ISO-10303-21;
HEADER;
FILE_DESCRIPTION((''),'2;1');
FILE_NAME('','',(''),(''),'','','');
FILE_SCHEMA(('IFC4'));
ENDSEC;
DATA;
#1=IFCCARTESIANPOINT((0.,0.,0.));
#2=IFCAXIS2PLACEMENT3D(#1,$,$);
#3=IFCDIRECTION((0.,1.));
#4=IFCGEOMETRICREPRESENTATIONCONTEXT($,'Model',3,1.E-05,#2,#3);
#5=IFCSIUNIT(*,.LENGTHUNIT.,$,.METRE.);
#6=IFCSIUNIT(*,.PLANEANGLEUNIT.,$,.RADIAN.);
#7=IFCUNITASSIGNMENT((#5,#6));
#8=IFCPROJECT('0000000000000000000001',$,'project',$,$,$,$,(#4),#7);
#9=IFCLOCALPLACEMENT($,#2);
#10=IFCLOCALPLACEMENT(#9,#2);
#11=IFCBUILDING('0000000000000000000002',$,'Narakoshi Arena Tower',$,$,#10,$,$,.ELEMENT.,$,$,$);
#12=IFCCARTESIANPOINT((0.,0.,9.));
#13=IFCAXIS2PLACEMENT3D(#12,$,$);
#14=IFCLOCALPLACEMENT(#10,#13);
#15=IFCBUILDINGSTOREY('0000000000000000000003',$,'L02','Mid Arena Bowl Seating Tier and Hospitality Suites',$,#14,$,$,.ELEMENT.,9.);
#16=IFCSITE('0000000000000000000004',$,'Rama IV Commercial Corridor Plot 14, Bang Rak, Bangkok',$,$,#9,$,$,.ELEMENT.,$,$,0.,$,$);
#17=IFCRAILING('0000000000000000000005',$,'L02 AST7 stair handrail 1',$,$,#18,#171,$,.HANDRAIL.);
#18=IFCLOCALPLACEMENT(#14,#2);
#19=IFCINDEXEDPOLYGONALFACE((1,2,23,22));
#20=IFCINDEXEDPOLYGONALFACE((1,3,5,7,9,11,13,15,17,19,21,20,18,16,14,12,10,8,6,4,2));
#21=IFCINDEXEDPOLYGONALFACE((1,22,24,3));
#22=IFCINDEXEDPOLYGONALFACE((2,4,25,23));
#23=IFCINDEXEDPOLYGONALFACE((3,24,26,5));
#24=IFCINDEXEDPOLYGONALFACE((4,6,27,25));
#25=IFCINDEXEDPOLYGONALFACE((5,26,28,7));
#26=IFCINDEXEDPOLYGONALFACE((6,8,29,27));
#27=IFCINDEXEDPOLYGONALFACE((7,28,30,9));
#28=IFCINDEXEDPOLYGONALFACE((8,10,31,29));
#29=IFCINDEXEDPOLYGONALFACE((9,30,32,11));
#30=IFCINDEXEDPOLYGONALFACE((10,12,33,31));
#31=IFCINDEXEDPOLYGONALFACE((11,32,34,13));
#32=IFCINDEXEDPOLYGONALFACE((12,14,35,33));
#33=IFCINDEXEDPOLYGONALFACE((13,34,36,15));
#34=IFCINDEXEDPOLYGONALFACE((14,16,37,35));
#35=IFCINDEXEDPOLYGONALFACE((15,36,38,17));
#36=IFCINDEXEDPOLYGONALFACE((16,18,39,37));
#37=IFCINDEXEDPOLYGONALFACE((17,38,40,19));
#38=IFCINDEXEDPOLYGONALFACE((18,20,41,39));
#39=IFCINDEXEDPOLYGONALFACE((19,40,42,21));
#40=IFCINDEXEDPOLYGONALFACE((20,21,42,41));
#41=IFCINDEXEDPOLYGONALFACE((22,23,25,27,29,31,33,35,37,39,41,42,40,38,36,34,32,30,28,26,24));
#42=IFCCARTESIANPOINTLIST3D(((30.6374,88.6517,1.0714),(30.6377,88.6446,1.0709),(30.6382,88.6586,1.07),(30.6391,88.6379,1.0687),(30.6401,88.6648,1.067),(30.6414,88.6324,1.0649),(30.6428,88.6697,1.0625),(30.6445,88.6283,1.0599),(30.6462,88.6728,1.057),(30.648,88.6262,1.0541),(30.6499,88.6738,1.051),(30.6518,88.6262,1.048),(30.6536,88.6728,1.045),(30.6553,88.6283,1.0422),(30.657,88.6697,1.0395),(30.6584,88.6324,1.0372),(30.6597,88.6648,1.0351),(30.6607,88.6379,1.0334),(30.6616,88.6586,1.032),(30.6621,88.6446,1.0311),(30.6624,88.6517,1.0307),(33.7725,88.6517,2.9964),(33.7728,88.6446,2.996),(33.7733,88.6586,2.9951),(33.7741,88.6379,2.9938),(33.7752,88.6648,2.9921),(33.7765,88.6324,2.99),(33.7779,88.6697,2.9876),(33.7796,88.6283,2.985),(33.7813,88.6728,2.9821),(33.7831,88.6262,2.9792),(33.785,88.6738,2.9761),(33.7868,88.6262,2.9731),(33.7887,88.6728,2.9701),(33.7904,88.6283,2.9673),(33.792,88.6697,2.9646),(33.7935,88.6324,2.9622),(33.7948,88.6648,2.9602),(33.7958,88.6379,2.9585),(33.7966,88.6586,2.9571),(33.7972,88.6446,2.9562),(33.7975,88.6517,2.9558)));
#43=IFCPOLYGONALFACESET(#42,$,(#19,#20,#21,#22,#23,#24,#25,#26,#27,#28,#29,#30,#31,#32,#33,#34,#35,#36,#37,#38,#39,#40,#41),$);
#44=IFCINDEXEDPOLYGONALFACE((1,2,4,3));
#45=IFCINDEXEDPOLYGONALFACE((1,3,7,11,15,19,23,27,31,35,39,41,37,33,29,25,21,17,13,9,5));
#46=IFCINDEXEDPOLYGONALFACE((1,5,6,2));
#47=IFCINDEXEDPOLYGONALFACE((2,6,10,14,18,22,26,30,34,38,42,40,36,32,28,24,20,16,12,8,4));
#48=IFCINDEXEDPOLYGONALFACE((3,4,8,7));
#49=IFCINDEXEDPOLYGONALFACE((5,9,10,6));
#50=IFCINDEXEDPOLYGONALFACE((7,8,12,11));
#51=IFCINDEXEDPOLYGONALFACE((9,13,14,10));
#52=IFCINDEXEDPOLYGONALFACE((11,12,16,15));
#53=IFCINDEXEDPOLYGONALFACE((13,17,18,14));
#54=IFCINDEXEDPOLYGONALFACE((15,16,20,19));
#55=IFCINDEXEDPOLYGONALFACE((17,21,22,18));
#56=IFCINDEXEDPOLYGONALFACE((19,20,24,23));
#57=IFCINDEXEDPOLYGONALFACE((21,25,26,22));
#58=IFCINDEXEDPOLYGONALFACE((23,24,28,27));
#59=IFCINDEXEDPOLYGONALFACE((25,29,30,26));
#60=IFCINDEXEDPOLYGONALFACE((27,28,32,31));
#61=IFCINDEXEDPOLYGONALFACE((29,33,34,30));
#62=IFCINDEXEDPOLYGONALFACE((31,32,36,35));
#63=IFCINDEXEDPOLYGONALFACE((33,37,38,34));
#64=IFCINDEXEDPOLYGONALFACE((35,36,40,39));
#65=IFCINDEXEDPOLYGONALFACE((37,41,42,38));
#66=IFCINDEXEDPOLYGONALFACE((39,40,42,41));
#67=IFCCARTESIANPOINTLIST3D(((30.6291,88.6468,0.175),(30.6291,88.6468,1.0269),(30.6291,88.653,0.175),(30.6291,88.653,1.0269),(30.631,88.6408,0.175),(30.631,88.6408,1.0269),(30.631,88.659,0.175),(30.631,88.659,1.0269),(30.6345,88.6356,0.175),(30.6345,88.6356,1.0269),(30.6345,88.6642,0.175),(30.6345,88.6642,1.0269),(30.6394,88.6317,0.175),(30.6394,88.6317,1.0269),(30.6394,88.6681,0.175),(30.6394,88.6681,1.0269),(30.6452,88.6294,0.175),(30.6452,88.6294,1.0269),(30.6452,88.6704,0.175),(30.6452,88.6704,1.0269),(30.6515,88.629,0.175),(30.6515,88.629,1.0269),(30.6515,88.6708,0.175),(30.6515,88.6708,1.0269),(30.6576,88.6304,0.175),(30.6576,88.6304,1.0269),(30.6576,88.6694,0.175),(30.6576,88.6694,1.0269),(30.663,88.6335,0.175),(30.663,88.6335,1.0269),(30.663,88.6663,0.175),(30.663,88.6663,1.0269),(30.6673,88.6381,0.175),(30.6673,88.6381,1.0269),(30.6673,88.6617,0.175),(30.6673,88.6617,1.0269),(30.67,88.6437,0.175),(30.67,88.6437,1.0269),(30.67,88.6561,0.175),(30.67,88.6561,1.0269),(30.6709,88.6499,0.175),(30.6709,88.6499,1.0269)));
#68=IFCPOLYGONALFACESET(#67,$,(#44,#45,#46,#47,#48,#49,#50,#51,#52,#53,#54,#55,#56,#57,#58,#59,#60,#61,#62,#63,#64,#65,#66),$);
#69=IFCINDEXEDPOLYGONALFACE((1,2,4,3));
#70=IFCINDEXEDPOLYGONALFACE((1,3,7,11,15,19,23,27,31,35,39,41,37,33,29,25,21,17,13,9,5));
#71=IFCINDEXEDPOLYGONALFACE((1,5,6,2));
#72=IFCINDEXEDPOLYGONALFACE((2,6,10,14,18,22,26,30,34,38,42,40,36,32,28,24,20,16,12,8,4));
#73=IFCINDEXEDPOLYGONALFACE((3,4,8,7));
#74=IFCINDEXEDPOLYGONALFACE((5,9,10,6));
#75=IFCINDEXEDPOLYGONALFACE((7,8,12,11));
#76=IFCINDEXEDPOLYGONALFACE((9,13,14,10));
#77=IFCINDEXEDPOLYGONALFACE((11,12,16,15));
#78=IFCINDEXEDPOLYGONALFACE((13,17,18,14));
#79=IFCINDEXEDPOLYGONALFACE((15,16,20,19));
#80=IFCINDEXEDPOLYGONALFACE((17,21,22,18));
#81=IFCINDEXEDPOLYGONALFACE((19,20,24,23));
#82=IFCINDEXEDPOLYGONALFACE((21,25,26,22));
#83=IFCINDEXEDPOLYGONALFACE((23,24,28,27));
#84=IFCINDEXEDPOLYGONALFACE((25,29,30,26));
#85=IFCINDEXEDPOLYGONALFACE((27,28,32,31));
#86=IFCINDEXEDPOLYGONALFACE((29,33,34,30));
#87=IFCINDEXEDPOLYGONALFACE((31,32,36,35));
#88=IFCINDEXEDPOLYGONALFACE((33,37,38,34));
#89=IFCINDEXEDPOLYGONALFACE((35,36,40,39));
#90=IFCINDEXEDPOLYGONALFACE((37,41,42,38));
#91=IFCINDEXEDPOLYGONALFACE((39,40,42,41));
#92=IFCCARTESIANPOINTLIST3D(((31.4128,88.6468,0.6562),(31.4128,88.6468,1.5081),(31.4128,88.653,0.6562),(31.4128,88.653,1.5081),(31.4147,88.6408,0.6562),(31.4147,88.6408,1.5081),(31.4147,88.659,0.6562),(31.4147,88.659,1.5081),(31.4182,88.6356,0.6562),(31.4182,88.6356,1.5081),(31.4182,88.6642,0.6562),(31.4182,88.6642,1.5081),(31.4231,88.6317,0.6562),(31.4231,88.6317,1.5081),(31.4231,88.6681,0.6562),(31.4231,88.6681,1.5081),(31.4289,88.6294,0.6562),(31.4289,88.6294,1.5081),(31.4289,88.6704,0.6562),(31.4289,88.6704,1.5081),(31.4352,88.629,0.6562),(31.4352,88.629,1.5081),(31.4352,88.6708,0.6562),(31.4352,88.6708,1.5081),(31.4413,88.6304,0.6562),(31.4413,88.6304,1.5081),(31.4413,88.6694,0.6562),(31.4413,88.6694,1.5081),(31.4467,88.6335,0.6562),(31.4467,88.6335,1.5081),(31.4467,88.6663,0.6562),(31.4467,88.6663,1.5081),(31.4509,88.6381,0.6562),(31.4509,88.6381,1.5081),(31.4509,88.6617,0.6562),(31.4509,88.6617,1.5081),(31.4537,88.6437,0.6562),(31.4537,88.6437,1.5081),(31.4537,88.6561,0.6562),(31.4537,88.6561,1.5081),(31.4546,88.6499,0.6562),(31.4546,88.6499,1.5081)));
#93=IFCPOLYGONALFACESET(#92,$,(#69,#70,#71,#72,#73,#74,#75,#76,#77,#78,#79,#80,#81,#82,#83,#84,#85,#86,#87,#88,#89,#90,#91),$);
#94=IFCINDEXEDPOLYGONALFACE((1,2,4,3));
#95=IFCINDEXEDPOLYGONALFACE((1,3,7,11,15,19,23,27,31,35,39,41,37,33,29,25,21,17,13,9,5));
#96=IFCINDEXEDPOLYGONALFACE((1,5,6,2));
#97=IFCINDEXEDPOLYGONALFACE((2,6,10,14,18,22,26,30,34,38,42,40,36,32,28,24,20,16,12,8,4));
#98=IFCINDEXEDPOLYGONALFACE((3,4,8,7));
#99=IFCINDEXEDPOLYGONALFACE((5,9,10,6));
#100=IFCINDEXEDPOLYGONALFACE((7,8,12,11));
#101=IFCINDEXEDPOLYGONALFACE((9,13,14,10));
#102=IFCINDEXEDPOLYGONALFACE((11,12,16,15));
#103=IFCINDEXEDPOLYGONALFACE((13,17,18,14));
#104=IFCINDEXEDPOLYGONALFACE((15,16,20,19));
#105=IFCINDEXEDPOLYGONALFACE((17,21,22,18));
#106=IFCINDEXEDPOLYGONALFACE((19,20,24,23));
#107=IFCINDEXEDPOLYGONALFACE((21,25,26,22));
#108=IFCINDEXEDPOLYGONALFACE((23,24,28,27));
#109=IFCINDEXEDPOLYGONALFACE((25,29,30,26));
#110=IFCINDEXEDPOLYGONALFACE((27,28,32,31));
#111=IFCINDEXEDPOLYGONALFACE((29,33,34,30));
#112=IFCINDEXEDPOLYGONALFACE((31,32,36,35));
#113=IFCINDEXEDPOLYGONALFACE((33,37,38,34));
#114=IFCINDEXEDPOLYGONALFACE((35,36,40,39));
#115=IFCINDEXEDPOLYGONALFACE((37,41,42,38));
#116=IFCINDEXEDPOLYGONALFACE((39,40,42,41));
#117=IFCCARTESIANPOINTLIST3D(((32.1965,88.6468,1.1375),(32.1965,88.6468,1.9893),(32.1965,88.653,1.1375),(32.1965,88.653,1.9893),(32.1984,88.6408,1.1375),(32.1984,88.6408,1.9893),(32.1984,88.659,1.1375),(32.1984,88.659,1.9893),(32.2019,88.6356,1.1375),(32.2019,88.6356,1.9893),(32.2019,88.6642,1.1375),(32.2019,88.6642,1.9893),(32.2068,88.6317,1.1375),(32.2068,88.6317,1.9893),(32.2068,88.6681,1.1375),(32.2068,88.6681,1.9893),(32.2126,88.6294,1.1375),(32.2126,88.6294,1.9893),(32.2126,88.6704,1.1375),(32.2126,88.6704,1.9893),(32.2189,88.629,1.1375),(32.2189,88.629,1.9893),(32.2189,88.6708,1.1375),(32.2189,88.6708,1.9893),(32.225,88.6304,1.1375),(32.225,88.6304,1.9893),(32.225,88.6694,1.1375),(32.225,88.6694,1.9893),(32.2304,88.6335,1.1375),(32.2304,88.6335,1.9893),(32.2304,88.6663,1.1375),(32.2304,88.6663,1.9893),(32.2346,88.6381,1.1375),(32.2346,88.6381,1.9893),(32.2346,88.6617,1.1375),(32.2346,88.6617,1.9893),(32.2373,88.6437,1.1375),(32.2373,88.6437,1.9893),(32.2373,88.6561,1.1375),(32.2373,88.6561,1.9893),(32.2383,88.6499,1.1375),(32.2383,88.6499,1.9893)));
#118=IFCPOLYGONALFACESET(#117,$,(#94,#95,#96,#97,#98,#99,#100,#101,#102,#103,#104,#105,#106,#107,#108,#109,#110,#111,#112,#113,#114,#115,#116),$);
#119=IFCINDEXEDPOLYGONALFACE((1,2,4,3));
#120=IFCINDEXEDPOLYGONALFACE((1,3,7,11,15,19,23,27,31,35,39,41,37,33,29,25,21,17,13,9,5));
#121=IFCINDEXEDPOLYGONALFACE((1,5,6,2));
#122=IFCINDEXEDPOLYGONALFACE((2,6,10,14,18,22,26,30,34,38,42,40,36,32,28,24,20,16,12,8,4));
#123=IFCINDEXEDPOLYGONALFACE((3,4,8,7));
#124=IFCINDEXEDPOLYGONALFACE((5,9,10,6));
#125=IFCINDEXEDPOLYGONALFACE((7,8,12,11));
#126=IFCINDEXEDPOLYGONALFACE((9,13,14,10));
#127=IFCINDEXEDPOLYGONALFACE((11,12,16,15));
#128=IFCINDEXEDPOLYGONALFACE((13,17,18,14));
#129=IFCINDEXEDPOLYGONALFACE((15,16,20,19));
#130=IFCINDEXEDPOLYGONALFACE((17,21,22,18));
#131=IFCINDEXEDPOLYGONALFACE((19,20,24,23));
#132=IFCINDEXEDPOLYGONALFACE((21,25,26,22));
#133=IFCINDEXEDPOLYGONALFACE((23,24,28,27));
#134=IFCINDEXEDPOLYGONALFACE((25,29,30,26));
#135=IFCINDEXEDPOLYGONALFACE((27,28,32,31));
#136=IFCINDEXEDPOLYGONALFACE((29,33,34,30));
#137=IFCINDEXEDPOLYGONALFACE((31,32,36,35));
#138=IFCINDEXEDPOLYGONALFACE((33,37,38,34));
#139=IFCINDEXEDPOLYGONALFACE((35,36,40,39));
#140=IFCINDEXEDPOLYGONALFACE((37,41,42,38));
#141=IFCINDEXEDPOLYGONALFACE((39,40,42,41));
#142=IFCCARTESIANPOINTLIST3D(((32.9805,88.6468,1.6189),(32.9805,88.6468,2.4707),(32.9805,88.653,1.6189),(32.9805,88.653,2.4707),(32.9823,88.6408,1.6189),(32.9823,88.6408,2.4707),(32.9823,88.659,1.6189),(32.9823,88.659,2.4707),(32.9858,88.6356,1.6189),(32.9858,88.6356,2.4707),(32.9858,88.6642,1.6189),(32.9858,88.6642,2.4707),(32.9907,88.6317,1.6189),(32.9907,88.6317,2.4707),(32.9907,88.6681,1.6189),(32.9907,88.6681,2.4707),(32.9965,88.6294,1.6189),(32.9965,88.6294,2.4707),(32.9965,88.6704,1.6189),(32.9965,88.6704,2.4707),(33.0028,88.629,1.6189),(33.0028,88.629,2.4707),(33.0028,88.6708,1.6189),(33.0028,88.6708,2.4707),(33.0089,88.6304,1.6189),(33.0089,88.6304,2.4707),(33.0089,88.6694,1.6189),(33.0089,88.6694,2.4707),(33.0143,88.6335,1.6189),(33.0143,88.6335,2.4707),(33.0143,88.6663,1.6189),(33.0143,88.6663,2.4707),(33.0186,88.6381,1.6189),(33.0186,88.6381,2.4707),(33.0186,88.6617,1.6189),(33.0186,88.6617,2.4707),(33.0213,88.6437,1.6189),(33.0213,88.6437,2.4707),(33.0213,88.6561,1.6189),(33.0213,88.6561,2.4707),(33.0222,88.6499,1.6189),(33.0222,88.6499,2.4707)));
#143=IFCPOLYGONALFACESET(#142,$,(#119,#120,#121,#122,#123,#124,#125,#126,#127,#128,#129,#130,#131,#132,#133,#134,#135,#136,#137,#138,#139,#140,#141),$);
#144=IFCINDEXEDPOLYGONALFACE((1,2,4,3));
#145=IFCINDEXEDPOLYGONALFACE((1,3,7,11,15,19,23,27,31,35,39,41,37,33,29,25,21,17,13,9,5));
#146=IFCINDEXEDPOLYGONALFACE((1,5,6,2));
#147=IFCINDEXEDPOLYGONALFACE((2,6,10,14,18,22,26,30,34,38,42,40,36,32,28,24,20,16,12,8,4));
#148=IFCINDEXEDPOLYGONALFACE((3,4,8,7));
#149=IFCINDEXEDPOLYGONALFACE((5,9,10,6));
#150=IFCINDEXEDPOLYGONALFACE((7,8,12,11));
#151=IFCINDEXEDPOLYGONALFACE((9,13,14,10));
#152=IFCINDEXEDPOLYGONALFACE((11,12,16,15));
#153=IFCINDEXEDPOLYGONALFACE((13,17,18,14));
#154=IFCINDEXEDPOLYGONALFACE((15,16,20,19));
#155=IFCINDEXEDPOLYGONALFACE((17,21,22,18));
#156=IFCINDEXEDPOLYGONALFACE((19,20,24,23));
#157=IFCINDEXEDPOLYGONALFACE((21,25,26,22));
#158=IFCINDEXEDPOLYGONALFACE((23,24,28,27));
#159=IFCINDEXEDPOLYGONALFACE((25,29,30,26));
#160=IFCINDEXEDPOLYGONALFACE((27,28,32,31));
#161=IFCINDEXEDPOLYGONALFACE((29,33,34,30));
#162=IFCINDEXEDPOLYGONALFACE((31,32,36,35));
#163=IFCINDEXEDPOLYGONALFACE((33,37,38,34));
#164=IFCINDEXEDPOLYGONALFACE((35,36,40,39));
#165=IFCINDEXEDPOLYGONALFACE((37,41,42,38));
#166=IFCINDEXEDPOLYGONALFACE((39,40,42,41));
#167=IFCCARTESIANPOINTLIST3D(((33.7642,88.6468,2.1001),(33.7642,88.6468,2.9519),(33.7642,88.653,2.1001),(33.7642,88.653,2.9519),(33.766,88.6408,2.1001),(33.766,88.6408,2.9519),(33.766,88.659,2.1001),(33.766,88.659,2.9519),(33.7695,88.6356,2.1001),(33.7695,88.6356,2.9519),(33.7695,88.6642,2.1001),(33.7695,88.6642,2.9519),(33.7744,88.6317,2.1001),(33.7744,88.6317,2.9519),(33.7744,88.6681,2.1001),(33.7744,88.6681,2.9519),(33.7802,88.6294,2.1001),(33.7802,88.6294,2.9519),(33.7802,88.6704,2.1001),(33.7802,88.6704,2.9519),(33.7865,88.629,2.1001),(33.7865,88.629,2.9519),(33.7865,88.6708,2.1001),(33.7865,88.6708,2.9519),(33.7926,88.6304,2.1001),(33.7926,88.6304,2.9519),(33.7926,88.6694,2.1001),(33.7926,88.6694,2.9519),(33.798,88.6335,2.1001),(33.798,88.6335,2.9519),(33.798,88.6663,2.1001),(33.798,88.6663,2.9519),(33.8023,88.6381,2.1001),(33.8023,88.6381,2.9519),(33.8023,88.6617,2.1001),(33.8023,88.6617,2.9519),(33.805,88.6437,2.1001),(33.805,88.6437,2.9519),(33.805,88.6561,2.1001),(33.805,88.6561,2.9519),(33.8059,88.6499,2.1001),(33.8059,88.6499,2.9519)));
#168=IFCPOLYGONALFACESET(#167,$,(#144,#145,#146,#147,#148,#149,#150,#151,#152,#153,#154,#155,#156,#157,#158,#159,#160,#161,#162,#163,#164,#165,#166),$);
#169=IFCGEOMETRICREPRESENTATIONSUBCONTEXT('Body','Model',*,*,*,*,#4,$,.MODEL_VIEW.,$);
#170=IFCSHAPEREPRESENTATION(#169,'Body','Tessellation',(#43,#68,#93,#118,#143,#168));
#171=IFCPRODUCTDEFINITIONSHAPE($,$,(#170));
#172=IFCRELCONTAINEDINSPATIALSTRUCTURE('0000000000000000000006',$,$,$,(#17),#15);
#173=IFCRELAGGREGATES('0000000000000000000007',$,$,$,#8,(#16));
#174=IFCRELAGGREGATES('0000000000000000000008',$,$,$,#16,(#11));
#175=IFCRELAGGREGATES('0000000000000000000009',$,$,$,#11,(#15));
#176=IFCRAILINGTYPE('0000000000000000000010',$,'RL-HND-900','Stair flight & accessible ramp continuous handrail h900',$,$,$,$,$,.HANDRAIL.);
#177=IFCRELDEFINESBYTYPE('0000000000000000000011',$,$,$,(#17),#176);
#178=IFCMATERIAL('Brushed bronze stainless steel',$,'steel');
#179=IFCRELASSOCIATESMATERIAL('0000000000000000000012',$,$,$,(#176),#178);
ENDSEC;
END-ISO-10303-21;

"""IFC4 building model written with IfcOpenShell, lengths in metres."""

from ifc_helpers import new_model, si_unit, direction, frame, origin, origin_2d, place, context, subcontext, project, spatial, circle, extrude, material, type_object, element, save


model = new_model("IFC4")

# Units and contexts
model_context = context("Model", 3, precision=1e-05, world=origin(), true_north=direction((0.0, 1.0)))
body_context = subcontext(model_context, "Body", "Model", "MODEL_VIEW")
ifc_project = project(units=[si_unit("LENGTHUNIT", "METRE"), si_unit("PLANEANGLEUNIT", "RADIAN")], contexts=[model_context])

# Site, building, storey
site_placement = place(None, origin())
site = spatial("IfcSite", under=ifc_project, at=site_placement, Name="Rama IV Commercial Corridor Plot 14, Bang Rak, Bangkok", CompositionType="ELEMENT", RefElevation=0.0)
building_placement = place(site_placement, origin())
building = spatial("IfcBuilding", under=site, at=building_placement, Name="Narakoshi Arena Tower", CompositionType="ELEMENT")
storey_placement = place(building_placement, frame((0.0, 0.0, 9.0)))
storey = spatial("IfcBuildingStorey", under=building, at=storey_placement, Name="L02", Description="Mid Arena Bowl Seating Tier and Hospitality Suites", CompositionType="ELEMENT", Elevation=9.0)

# Railing
ifc_material_1 = material(Name="Brushed bronze stainless steel", Category="steel")
railing_type_1 = type_object("IfcRailingType", Name="RL-HND-900", Description="Stair flight & accessible ramp continuous handrail h900", PredefinedType="HANDRAIL", material=ifc_material_1)
railing_1_placement = place(storey_placement, frame((30.6499, 88.6499, 0.175)))
element("IfcRailing", 1, at=railing_1_placement, inside=storey, type_object=railing_type_1, Name="L02 AST7 stair handrail 1", PredefinedType="HANDRAIL", context=body_context, shape_type="SweptSolid", body=[
    extrude(circle(Radius=0.0239, at=origin_2d()), frame((0.0, 0.0, 0.876), z_axis=(0.852166, 0.0, 0.523271), x_axis=(0.0, 1.0, 0.0)), (0.0, 0.0, 1.0), 3.679),
    extrude(circle(Radius=0.021, at=origin_2d()), origin(), (0.0, 0.0, 1.0), 0.8518),
    extrude(circle(Radius=0.021, at=origin_2d()), frame((0.7837, 0.0, 0.4812)), (0.0, 0.0, 1.0), 0.8518),
    extrude(circle(Radius=0.021, at=origin_2d()), frame((1.5674, 0.0, 0.9624)), (0.0, 0.0, 1.0), 0.8518),
    extrude(circle(Radius=0.021, at=origin_2d()), frame((2.3513, 0.0, 1.4438)), (0.0, 0.0, 1.0), 0.8518),
    extrude(circle(Radius=0.021, at=origin_2d()), frame((3.135, 0.0, 1.925)), (0.0, 0.0, 1.0), 0.8518),
])

save(model, "model.ifc")
